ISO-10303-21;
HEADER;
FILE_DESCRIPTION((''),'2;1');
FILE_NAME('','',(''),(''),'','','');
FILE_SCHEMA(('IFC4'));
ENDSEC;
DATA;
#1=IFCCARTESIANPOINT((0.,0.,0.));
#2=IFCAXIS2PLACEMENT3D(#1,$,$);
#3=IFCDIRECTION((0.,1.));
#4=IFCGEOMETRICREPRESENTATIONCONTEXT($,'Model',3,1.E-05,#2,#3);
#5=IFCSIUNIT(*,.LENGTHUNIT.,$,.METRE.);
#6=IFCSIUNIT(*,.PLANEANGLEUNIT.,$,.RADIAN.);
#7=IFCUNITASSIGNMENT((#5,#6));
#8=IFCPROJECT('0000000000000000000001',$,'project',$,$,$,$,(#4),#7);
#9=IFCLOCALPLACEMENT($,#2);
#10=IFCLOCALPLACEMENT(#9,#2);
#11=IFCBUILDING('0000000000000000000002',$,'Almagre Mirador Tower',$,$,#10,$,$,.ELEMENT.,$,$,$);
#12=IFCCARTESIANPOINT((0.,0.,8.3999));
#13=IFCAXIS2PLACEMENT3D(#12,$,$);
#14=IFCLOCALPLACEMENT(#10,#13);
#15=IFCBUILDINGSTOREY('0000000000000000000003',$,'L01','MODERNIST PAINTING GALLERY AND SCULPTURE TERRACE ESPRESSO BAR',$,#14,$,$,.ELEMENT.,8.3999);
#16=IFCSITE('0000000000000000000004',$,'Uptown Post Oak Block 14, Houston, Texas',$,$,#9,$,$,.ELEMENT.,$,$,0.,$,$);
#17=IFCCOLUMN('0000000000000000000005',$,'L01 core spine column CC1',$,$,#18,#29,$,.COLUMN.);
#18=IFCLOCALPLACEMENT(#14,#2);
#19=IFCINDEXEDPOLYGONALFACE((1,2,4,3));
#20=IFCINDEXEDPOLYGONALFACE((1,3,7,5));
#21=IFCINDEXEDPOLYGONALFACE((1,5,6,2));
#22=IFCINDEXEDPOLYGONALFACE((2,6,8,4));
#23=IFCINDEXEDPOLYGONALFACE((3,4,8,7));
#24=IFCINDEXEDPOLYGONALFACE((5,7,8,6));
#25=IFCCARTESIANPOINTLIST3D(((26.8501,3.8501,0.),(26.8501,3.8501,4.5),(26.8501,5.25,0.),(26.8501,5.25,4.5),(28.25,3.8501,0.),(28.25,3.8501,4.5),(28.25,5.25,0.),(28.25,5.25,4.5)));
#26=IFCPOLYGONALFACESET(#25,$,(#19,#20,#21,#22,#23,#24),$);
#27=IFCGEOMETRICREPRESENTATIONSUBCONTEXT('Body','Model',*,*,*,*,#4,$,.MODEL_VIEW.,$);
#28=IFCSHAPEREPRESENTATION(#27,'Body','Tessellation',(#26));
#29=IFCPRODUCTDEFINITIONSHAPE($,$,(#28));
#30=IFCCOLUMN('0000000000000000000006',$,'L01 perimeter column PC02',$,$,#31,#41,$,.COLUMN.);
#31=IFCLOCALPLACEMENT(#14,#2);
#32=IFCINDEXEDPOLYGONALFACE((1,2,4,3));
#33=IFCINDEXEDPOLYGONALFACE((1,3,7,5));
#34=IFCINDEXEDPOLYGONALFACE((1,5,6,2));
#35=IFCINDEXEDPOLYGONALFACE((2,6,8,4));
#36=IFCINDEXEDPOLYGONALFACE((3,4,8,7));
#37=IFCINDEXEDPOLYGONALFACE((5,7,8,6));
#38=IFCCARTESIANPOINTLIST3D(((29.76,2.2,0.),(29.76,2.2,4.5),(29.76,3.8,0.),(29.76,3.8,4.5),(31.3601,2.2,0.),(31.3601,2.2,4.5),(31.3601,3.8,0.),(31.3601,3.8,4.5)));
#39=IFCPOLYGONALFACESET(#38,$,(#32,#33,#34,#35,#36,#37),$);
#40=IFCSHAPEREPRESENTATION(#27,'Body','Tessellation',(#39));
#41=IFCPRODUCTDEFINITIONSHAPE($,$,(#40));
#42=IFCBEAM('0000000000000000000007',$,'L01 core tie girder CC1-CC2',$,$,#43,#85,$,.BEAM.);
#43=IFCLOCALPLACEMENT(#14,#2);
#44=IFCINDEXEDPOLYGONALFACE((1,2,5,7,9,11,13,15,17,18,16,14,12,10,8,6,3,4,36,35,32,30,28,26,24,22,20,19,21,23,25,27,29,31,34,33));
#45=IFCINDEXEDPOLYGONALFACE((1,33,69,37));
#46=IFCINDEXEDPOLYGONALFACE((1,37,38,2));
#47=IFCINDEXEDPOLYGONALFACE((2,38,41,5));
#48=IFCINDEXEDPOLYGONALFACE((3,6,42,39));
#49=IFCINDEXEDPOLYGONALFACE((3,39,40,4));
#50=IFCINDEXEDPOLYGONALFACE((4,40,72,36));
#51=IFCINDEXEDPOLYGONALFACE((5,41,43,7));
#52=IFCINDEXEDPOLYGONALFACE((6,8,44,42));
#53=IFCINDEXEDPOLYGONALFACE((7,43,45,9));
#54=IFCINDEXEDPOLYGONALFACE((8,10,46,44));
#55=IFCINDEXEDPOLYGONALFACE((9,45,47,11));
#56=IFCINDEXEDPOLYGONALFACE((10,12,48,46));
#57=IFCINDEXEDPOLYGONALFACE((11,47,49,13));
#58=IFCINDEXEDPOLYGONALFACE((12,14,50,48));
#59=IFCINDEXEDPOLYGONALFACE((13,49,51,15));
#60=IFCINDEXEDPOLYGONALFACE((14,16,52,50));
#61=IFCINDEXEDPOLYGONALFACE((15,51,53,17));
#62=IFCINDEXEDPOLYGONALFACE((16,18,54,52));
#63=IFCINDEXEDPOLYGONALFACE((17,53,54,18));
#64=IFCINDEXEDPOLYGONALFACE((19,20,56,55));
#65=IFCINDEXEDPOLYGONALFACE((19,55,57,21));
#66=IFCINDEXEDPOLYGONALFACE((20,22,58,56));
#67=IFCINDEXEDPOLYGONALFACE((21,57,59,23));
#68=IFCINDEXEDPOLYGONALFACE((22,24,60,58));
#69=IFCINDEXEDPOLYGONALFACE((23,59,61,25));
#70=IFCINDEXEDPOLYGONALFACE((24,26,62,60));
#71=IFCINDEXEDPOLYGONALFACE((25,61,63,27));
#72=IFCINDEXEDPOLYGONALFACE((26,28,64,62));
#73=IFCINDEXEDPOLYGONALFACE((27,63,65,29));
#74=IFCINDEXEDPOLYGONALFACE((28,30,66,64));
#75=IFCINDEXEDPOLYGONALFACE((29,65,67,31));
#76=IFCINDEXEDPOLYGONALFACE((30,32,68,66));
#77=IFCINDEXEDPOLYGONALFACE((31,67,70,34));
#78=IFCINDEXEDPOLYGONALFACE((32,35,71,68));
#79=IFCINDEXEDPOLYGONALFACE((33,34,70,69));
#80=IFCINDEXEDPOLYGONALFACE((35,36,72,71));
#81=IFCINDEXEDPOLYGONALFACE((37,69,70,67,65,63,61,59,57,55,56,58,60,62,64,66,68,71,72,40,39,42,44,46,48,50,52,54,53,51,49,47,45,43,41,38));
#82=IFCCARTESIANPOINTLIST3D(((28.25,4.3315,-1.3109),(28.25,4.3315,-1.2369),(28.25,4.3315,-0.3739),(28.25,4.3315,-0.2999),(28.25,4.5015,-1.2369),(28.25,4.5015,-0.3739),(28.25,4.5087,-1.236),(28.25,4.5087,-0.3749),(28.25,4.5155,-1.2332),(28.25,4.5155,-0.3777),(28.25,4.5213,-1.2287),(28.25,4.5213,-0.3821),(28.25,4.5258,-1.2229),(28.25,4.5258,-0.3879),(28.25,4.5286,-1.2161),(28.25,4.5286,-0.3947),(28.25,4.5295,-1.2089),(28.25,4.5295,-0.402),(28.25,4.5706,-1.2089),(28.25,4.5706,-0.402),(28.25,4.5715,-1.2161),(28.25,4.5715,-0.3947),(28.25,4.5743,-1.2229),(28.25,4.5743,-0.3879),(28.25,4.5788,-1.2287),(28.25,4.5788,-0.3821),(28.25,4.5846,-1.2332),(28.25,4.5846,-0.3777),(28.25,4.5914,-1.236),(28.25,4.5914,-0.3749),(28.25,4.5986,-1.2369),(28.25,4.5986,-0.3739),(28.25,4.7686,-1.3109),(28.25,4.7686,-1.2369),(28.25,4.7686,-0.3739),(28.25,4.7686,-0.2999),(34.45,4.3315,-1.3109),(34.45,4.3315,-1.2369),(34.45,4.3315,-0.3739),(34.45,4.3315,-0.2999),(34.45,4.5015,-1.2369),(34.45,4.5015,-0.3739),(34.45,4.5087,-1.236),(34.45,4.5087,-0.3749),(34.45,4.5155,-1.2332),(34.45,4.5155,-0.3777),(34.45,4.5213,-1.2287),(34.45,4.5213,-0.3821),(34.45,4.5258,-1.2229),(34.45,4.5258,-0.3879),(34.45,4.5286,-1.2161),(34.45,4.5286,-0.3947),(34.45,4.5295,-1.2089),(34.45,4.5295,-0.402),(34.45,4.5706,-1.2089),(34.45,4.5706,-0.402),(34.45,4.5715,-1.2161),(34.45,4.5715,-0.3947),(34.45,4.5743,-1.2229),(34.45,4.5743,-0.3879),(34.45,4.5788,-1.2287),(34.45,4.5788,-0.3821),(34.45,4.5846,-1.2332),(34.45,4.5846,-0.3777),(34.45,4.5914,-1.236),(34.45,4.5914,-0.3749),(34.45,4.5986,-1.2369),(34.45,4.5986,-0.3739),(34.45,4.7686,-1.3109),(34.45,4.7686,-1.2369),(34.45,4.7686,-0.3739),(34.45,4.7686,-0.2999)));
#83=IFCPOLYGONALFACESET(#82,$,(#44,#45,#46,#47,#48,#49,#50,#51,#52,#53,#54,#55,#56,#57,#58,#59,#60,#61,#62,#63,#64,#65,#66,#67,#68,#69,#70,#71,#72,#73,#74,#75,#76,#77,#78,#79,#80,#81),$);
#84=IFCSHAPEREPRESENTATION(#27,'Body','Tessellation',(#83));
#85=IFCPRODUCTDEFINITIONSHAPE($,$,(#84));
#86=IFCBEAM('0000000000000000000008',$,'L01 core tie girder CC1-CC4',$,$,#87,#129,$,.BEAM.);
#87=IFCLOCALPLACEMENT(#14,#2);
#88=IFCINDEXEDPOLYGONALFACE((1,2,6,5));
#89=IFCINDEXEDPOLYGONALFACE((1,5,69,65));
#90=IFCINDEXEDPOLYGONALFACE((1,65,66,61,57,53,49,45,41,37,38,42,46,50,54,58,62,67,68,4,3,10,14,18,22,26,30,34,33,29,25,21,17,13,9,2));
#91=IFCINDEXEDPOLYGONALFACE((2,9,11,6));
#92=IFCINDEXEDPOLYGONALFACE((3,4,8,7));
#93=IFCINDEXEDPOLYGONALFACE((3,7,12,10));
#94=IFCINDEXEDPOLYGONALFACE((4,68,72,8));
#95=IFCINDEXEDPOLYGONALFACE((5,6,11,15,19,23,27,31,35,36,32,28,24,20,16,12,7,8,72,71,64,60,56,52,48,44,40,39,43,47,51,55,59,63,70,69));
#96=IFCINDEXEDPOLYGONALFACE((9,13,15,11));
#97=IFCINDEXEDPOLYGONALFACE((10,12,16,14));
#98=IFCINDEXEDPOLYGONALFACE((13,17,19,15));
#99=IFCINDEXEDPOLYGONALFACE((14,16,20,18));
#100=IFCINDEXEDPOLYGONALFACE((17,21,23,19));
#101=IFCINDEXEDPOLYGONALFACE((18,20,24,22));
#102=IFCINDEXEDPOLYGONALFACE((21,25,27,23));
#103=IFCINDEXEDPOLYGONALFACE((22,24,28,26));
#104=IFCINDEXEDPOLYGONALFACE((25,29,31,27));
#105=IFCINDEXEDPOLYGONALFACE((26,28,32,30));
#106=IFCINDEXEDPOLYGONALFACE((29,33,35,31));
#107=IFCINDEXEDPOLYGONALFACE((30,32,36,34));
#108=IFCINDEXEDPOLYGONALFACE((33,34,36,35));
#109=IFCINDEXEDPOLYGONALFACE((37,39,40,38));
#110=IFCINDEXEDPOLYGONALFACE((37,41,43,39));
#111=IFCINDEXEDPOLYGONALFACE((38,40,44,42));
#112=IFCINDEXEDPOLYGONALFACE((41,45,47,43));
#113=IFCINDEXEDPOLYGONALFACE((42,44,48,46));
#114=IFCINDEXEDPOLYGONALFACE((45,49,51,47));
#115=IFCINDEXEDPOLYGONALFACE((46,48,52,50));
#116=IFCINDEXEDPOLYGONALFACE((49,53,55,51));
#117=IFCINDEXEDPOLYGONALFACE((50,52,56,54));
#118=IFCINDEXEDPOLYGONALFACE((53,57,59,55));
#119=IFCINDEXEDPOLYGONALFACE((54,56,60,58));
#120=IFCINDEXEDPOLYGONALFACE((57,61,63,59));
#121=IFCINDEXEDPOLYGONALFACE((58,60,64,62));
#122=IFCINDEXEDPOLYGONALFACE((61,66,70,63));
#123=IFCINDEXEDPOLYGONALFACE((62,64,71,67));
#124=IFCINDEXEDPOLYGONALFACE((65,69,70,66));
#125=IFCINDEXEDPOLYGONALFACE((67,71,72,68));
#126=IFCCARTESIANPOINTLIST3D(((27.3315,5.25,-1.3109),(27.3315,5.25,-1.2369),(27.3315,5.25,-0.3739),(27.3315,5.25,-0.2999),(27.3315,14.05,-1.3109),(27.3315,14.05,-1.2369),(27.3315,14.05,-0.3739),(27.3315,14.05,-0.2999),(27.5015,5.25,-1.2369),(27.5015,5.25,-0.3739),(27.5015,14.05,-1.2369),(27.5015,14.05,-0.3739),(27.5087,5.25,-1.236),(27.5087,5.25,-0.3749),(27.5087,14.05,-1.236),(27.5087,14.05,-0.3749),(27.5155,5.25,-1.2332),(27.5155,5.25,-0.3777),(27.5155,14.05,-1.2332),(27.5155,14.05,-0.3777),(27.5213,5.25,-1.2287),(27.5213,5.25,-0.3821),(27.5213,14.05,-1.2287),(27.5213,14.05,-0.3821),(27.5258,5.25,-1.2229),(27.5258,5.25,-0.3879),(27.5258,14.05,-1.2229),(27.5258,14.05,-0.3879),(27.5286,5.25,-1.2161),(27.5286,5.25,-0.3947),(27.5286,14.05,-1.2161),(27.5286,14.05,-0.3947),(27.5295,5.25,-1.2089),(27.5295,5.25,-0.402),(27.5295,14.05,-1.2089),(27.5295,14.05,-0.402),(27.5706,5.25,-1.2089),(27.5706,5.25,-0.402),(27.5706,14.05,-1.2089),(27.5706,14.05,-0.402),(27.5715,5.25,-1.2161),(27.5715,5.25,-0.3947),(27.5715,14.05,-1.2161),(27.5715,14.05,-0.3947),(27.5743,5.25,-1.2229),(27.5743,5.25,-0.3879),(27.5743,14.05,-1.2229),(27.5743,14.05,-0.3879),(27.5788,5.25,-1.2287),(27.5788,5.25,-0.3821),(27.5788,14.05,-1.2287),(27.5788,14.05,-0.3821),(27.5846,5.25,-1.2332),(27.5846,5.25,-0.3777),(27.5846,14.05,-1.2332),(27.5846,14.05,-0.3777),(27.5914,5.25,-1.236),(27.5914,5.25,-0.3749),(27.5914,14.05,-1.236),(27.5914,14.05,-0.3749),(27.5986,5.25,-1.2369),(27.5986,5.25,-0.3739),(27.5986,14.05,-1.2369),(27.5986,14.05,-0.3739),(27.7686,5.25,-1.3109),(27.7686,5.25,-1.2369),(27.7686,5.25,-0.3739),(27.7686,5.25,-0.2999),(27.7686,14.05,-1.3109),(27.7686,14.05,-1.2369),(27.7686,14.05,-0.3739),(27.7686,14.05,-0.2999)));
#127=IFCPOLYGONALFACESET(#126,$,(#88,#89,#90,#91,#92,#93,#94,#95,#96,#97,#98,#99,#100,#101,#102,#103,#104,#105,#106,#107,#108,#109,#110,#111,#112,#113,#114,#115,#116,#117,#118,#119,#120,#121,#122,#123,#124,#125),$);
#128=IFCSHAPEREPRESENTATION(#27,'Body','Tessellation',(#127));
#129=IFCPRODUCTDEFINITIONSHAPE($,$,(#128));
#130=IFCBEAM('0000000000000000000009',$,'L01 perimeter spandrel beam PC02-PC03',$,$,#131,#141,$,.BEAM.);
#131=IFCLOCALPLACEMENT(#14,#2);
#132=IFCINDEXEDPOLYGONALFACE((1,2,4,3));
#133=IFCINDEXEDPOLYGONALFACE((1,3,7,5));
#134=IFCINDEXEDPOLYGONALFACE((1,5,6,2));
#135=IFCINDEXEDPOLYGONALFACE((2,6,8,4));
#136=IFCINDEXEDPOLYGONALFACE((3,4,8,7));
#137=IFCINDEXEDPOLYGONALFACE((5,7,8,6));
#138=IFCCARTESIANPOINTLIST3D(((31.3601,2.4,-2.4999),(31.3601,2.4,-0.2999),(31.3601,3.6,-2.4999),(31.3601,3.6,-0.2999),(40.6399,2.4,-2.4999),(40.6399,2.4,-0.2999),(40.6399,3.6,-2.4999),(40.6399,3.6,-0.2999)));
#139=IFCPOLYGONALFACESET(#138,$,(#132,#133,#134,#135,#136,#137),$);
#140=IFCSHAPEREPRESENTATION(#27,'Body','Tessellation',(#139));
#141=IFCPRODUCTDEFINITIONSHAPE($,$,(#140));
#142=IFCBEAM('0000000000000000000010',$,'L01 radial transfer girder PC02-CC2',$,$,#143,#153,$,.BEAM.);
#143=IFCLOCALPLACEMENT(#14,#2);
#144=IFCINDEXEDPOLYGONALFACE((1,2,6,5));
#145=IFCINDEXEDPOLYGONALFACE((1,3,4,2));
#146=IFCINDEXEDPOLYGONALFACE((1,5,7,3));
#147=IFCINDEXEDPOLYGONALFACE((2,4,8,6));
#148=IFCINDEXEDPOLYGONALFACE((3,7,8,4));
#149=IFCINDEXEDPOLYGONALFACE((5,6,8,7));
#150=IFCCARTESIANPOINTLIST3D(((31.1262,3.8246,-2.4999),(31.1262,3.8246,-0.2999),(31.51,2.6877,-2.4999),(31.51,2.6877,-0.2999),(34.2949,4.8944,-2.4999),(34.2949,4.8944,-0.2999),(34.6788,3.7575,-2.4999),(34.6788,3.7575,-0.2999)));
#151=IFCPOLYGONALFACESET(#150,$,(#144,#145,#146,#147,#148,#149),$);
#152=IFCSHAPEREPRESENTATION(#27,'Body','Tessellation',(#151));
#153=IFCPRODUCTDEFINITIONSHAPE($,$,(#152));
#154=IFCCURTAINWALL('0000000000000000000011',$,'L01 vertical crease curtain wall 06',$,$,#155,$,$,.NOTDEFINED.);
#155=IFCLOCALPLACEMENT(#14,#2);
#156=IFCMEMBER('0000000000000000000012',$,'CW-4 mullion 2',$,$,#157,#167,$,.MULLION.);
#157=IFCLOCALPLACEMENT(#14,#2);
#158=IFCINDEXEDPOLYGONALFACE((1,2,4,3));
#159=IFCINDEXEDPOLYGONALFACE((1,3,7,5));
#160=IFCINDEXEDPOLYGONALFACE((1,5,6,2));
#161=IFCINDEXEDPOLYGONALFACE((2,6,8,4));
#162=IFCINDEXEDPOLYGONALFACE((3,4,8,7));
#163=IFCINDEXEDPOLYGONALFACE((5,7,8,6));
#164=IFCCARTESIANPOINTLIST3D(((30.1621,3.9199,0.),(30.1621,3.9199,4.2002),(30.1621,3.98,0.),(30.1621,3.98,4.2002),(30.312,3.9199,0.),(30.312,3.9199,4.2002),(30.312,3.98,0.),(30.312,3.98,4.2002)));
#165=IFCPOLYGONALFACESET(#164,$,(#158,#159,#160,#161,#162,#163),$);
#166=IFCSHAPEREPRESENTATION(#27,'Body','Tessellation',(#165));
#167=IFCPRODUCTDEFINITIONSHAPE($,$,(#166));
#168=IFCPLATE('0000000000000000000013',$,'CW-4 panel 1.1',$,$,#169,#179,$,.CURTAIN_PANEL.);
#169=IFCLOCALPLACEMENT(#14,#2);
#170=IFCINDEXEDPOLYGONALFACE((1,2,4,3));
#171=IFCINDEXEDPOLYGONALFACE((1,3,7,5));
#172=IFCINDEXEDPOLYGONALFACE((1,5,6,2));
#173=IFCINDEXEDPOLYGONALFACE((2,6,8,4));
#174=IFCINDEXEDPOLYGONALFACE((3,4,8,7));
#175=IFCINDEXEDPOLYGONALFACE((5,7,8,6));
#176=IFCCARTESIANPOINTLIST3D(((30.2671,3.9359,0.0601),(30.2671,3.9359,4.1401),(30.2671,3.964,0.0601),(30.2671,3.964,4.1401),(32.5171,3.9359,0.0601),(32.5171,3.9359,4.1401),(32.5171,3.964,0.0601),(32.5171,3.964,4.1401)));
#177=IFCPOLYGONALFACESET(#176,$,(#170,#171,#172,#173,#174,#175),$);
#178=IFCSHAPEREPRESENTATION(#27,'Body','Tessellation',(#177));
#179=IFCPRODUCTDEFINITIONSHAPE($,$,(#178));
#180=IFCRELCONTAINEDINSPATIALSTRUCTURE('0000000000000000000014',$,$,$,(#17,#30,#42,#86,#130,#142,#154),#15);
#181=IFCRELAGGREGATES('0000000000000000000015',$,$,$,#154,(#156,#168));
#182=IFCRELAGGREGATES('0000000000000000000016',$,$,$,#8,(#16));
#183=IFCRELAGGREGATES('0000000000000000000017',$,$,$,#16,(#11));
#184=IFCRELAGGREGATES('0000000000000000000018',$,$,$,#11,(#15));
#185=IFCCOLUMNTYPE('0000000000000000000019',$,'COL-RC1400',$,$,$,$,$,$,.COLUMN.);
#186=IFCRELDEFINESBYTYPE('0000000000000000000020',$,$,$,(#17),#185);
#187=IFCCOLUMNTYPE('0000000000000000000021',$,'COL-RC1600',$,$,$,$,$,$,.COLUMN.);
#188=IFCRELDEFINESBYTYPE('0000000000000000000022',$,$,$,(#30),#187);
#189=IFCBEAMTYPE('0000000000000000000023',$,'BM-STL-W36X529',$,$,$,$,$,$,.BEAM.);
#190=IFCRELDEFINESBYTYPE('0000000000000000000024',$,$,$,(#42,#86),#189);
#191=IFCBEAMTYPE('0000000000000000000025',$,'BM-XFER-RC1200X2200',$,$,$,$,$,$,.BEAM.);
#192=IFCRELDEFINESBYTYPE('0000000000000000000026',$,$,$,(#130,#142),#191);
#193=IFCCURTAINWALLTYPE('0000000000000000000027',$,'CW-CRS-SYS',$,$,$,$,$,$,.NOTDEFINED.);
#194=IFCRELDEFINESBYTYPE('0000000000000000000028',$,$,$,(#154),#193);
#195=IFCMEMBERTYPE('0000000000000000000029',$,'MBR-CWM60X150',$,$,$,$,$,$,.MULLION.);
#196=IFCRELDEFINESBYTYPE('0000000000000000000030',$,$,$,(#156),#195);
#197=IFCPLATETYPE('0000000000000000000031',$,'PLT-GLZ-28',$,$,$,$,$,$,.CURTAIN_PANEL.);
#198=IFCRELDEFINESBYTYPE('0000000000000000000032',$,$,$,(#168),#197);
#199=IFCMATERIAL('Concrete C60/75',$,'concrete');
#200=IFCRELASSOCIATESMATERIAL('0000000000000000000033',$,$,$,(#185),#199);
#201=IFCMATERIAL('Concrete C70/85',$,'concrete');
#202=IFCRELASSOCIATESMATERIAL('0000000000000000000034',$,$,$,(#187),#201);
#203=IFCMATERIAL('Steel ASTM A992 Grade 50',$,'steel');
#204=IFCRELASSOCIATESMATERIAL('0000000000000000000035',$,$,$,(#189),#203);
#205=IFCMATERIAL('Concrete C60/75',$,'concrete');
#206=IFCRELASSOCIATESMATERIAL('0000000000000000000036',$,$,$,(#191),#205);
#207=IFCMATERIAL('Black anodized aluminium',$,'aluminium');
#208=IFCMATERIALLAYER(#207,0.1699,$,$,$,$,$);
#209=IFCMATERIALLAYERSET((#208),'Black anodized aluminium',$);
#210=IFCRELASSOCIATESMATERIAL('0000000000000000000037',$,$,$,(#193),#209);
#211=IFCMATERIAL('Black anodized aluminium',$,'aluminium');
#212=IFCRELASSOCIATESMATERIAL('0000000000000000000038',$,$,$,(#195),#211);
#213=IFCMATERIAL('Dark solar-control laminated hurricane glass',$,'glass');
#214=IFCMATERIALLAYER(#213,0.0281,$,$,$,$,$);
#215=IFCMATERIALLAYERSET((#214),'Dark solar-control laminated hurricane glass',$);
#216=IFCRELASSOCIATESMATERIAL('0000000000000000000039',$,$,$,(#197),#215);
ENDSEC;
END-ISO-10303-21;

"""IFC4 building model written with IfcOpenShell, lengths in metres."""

from ifc_helpers import new_model, si_unit, direction, frame, origin, origin_2d, place, context, subcontext, project, spatial, rectangle, i_section, extrude, material, layer, layer_set, material_profile, profile_set, type_object, element, aggregate, save


model = new_model("IFC4")

# Units and contexts
model_context = context("Model", 3, precision=1e-05, world=origin(), true_north=direction((0.0, 1.0)))
body_context = subcontext(model_context, "Body", "Model", "MODEL_VIEW")
ifc_project = project(units=[si_unit("LENGTHUNIT", "METRE"), si_unit("PLANEANGLEUNIT", "RADIAN")], contexts=[model_context])

# Site, building, storey
site_placement = place(None, origin())
site = spatial("IfcSite", under=ifc_project, at=site_placement, Name="Uptown Post Oak Block 14, Houston, Texas", CompositionType="ELEMENT", RefElevation=0.0)
building_placement = place(site_placement, origin())
building = spatial("IfcBuilding", under=site, at=building_placement, Name="Almagre Mirador Tower", CompositionType="ELEMENT")
storey_placement = place(building_placement, frame((0.0, 0.0, 8.3999)))
storey = spatial("IfcBuildingStorey", under=building, at=storey_placement, Name="L01", Description="MODERNIST PAINTING GALLERY AND SCULPTURE TERRACE ESPRESSO BAR", CompositionType="ELEMENT", Elevation=8.3999)

# Columns
ifc_material_1 = material(Name="Concrete C60/75", Category="concrete")
ifc_material_profile_1 = material_profile(ifc_material_1, rectangle(XDim=1.3999, YDim=1.3999, at=origin_2d()), Name="RC1400X1400")
ifc_profile_set_1 = profile_set([ifc_material_profile_1], Name="Concrete C60/75")
column_type_1 = type_object("IfcColumnType", Name="COL-RC1400", PredefinedType="COLUMN", material=ifc_profile_set_1)
column_1_placement = place(storey_placement, frame((27.55, 4.55, 0.0), z_axis=(0.0, 0.0, 1.0), x_axis=(1.0, 0.0, 0.0)))
element("IfcColumn", 1, at=column_1_placement, inside=storey, type_object=column_type_1, Name="L01 core spine column CC1", PredefinedType="COLUMN", context=body_context, shape_type="SweptSolid", body=[
    extrude(rectangle(XDim=1.3999, YDim=1.3999, at=origin_2d()), origin(), (0.0, 0.0, 1.0), 4.5),
])
ifc_material_2 = material(Name="Concrete C70/85", Category="concrete")
ifc_material_profile_2 = material_profile(ifc_material_2, rectangle(XDim=1.6001, YDim=1.6001, at=origin_2d()), Name="RC1600X1600")
ifc_profile_set_2 = profile_set([ifc_material_profile_2], Name="Concrete C70/85")
column_type_2 = type_object("IfcColumnType", Name="COL-RC1600", PredefinedType="COLUMN", material=ifc_profile_set_2)
column_2_placement = place(storey_placement, frame((30.5601, 3.0, 0.0), z_axis=(0.0, 0.0, 1.0), x_axis=(1.0, 0.0, 0.0)))
element("IfcColumn", 2, at=column_2_placement, inside=storey, type_object=column_type_2, Name="L01 perimeter column PC02", PredefinedType="COLUMN", context=body_context, shape_type="SweptSolid", body=[
    extrude(rectangle(XDim=1.6001, YDim=1.6001, at=origin_2d()), origin(), (0.0, 0.0, 1.0), 4.5),
])

# Beams
ifc_material_3 = material(Name="Steel ASTM A992 Grade 50", Category="steel")
ifc_material_profile_3 = material_profile(ifc_material_3, i_section(OverallWidth=0.437, OverallDepth=1.011, WebThickness=0.041, FlangeThickness=0.074, FilletRadius=0.0281, at=origin_2d()), Name="W36X529")
ifc_profile_set_3 = profile_set([ifc_material_profile_3], Name="Steel ASTM A992 Grade 50")
beam_type_1 = type_object("IfcBeamType", Name="BM-STL-W36X529", PredefinedType="BEAM", material=ifc_profile_set_3)
beam_1_placement = place(storey_placement, frame((28.25, 4.55, -0.8054), z_axis=(1.0, 0.0, 0.0), x_axis=(0.0, 1.0, 0.0)))
element("IfcBeam", 3, at=beam_1_placement, inside=storey, type_object=beam_type_1, Name="L01 core tie girder CC1-CC2", PredefinedType="BEAM", context=body_context, shape_type="SweptSolid", body=[
    extrude(i_section(OverallWidth=0.437, OverallDepth=1.011, WebThickness=0.041, FlangeThickness=0.074, FilletRadius=0.0281, at=origin_2d()), origin(), (0.0, 0.0, 1.0), 6.2),
])
beam_2_placement = place(storey_placement, frame((27.55, 5.25, -0.8054), z_axis=(0.0, 1.0, 0.0), x_axis=(-1.0, 0.0, 0.0)))
element("IfcBeam", 4, at=beam_2_placement, inside=storey, type_object=beam_type_1, Name="L01 core tie girder CC1-CC4", PredefinedType="BEAM", context=body_context, shape_type="SweptSolid", body=[
    extrude(i_section(OverallWidth=0.437, OverallDepth=1.011, WebThickness=0.041, FlangeThickness=0.074, FilletRadius=0.0281, at=origin_2d()), origin(), (0.0, 0.0, 1.0), 8.8),
])
ifc_material_4 = material(Name="Concrete C60/75", Category="concrete")
ifc_material_profile_4 = material_profile(ifc_material_4, rectangle(XDim=1.2, YDim=2.2, at=origin_2d()), Name="RC1200X2200")
ifc_profile_set_4 = profile_set([ifc_material_profile_4], Name="Concrete C60/75")
beam_type_2 = type_object("IfcBeamType", Name="BM-XFER-RC1200X2200", PredefinedType="BEAM", material=ifc_profile_set_4)
beam_3_placement = place(storey_placement, frame((31.3601, 3.0, -1.3999), z_axis=(1.0, 0.0, 0.0), x_axis=(0.0, 1.0, 0.0)))
element("IfcBeam", 5, at=beam_3_placement, inside=storey, type_object=beam_type_2, Name="L01 perimeter spandrel beam PC02-PC03", PredefinedType="BEAM", context=body_context, shape_type="SweptSolid", body=[
    extrude(rectangle(XDim=1.2, YDim=2.2, at=origin_2d()), origin(), (0.0, 0.0, 1.0), 9.2798),
])
beam_4_placement = place(storey_placement, frame((31.3181, 3.2561, -1.3999), z_axis=(0.947457, 0.319883, 0.0), x_axis=(-0.319883, 0.947457, 0.0)))
element("IfcBeam", 6, at=beam_4_placement, inside=storey, type_object=beam_type_2, Name="L01 radial transfer girder PC02-CC2", PredefinedType="BEAM", context=body_context, shape_type="SweptSolid", body=[
    extrude(rectangle(XDim=1.2, YDim=2.2, at=origin_2d()), origin(), (0.0, 0.0, 1.0), 3.3445),
])

# Curtain wall, member, plate
ifc_material_5 = material(Name="Black anodized aluminium", Category="aluminium")
ifc_layer_1 = layer(ifc_material_5, 0.1699)
ifc_layer_set_1 = layer_set([ifc_layer_1], Name="Black anodized aluminium")
curtain_wall_type = type_object("IfcCurtainWallType", Name="CW-CRS-SYS", PredefinedType="NOTDEFINED", material=ifc_layer_set_1)
curtain_wall_placement = place(storey_placement, origin())
curtain_wall = element("IfcCurtainWall", 7, at=curtain_wall_placement, inside=storey, type_object=curtain_wall_type, Name="L01 vertical crease curtain wall 06", PredefinedType="NOTDEFINED")
ifc_material_6 = material(Name="Black anodized aluminium", Category="aluminium")
ifc_material_profile_5 = material_profile(ifc_material_6, rectangle(XDim=0.0601, YDim=0.1499, at=origin_2d()), Name="CWM60X150")
ifc_profile_set_5 = profile_set([ifc_material_profile_5], Name="Black anodized aluminium")
member_type = type_object("IfcMemberType", Name="MBR-CWM60X150", PredefinedType="MULLION", material=ifc_profile_set_5)
member_placement = place(storey_placement, frame((30.2371, 3.95, 0.0), z_axis=(0.0, 0.0, 1.0), x_axis=(0.0, -1.0, 0.0)))
member = element("IfcMember", 8, at=member_placement, type_object=member_type, Name="CW-4 mullion 2", PredefinedType="MULLION", context=body_context, shape_type="SweptSolid", body=[
    extrude(rectangle(XDim=0.0601, YDim=0.1499, at=origin_2d()), origin(), (0.0, 0.0, 1.0), 4.2002),
])
ifc_material_7 = material(Name="Dark solar-control laminated hurricane glass", Category="glass")
ifc_layer_2 = layer(ifc_material_7, 0.0281)
ifc_layer_set_2 = layer_set([ifc_layer_2], Name="Dark solar-control laminated hurricane glass")
plate_type = type_object("IfcPlateType", Name="PLT-GLZ-28", PredefinedType="CURTAIN_PANEL", material=ifc_layer_set_2)
plate_placement = place(storey_placement, frame((31.3921, 3.95, 0.0601), z_axis=(0.0, 0.0, 1.0), x_axis=(-1.0, 0.0, 0.0)))
plate = element("IfcPlate", 9, at=plate_placement, type_object=plate_type, Name="CW-4 panel 1.1", PredefinedType="CURTAIN_PANEL", context=body_context, shape_type="SweptSolid", body=[
    extrude(rectangle(XDim=2.25, YDim=0.0281, at=origin_2d()), origin(), (0.0, 0.0, 1.0), 4.0801),
])
aggregate(curtain_wall, [member, plate])

save(model, "model.ifc")
